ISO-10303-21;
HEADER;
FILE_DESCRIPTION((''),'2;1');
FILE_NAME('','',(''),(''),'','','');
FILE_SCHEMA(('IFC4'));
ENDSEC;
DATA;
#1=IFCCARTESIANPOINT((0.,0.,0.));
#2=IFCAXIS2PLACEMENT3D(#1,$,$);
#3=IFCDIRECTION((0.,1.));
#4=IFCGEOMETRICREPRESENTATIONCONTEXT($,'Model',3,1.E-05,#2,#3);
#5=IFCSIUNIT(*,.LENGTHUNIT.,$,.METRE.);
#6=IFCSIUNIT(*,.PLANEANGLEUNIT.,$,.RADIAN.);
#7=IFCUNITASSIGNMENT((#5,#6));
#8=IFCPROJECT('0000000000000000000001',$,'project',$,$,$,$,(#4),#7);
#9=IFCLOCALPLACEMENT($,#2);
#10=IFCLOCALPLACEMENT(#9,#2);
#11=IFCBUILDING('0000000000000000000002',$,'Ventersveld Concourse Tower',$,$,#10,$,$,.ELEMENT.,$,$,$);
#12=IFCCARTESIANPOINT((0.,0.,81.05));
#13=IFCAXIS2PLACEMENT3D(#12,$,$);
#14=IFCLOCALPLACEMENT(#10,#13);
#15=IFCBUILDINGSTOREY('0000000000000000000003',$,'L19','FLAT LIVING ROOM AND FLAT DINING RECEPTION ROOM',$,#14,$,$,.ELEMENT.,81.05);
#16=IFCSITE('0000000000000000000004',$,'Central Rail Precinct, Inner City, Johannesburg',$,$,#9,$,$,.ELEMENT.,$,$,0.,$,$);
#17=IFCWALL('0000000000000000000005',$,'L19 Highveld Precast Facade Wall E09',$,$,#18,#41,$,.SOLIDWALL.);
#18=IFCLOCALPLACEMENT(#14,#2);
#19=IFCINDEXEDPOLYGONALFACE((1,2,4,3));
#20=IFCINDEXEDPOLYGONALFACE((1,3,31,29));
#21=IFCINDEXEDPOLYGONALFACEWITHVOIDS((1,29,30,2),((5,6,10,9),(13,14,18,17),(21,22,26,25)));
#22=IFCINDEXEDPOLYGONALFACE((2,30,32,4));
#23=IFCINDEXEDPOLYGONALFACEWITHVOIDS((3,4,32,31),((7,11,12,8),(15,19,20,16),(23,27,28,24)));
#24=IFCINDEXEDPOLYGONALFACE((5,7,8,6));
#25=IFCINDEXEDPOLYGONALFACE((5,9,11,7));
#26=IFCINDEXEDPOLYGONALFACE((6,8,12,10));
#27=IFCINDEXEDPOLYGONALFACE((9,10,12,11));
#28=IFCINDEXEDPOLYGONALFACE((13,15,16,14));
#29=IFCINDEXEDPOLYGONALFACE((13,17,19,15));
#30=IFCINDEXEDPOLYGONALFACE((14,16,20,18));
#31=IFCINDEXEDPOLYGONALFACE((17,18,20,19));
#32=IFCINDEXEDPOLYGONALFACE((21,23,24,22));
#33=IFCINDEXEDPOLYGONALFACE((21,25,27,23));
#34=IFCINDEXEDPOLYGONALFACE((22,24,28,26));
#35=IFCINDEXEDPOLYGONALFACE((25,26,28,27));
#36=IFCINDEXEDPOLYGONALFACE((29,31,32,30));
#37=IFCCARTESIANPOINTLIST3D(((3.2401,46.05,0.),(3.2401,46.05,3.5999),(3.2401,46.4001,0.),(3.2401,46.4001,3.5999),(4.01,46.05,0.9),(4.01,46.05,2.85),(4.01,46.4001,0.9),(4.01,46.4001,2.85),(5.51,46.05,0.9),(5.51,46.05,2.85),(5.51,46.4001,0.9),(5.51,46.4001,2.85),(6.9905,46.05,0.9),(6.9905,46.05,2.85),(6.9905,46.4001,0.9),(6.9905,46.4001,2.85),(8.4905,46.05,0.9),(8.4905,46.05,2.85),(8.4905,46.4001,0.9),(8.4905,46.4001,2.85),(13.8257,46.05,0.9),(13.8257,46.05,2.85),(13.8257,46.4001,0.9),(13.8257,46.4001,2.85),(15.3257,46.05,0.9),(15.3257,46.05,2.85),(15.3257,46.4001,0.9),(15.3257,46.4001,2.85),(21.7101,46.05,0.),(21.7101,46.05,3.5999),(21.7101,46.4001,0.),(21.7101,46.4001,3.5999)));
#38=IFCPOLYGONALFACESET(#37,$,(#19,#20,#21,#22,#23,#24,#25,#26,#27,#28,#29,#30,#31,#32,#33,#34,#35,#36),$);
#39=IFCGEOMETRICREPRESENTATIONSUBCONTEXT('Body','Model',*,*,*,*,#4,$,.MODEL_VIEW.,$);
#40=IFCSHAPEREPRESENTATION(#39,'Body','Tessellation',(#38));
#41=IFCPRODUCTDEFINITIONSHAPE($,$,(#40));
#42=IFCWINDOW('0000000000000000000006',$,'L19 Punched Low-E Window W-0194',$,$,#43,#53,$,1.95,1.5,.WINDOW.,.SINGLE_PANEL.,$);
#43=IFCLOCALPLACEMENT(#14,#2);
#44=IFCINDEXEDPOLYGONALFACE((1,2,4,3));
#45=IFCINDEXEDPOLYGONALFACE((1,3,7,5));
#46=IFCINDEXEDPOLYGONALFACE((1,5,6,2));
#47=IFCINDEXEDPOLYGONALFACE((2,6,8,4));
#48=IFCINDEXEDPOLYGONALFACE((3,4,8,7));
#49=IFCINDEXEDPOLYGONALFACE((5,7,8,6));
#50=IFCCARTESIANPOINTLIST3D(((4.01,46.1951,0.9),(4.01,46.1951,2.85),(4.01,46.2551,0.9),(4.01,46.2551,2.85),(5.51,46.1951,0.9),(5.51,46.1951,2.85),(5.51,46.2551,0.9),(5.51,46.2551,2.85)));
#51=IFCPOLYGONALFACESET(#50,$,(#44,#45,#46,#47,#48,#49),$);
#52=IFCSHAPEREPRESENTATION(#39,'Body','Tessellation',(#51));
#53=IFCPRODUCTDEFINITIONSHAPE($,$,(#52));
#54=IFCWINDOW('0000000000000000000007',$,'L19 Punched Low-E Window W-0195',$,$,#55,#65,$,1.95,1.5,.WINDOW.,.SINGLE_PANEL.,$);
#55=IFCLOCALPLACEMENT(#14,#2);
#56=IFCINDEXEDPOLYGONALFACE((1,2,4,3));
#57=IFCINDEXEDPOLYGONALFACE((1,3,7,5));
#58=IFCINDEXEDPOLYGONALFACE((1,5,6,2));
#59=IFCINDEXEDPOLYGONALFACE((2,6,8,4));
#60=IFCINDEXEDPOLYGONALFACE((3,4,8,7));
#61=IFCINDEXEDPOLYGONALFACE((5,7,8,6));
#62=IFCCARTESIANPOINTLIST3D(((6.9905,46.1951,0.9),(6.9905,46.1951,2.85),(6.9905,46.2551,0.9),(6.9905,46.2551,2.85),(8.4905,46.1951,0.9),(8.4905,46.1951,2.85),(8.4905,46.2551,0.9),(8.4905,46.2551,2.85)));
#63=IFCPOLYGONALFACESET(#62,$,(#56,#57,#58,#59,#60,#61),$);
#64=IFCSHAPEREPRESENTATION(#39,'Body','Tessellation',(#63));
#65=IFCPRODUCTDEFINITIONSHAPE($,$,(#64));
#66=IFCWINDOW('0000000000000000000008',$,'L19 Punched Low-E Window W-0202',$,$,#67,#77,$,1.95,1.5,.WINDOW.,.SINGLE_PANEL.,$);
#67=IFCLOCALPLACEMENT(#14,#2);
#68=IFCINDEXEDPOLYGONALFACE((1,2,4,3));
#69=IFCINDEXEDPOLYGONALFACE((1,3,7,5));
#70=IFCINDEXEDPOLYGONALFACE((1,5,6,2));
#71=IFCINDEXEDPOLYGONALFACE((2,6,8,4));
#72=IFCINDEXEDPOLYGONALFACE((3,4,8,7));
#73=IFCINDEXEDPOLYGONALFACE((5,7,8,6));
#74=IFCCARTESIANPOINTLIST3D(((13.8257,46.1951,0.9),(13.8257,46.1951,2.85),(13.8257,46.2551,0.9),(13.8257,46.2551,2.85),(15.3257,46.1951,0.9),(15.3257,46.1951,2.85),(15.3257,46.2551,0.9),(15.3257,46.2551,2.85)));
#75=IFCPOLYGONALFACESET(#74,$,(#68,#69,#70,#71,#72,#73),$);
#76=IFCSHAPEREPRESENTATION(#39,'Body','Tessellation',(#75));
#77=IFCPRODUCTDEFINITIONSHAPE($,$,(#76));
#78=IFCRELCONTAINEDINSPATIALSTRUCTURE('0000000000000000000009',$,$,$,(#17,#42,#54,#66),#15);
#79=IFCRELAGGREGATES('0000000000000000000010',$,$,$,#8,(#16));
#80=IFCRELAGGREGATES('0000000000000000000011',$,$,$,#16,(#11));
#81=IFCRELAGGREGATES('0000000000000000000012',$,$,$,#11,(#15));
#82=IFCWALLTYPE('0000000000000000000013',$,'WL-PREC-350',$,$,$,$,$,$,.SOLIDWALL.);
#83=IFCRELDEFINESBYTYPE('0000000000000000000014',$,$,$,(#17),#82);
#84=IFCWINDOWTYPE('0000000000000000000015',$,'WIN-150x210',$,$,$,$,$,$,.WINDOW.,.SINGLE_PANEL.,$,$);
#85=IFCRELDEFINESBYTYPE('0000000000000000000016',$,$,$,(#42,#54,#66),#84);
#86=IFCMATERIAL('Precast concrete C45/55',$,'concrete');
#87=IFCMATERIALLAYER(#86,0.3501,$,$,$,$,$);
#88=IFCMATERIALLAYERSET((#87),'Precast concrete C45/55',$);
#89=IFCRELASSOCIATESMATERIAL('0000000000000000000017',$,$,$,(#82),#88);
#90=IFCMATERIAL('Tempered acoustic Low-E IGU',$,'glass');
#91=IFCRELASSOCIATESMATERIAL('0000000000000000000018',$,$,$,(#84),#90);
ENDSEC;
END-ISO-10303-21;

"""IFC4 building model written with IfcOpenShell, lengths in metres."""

from ifc_helpers import new_model, si_unit, direction, frame, frame_2d, origin, place, context, subcontext, project, spatial, rectangle, extrude, material, layer, layer_set, type_object, element, fill, save


model = new_model("IFC4")

# Units and contexts
model_context = context("Model", 3, precision=1e-05, world=origin(), true_north=direction((0.0, 1.0)))
body_context = subcontext(model_context, "Body", "Model", "MODEL_VIEW")
ifc_project = project(units=[si_unit("LENGTHUNIT", "METRE"), si_unit("PLANEANGLEUNIT", "RADIAN")], contexts=[model_context])

# Site, building, storey
site_placement = place(None, origin())
site = spatial("IfcSite", under=ifc_project, at=site_placement, Name="Central Rail Precinct, Inner City, Johannesburg", CompositionType="ELEMENT", RefElevation=0.0)
building_placement = place(site_placement, origin())
building = spatial("IfcBuilding", under=site, at=building_placement, Name="Ventersveld Concourse Tower", CompositionType="ELEMENT")
storey_placement = place(building_placement, frame((0.0, 0.0, 81.05)))
storey = spatial("IfcBuildingStorey", under=building, at=storey_placement, Name="L19", Description="FLAT LIVING ROOM AND FLAT DINING RECEPTION ROOM", CompositionType="ELEMENT", Elevation=81.05)

# Shared definitions
ifc_material_1 = material(Name="Precast concrete C45/55", Category="concrete")
ifc_layer_1 = layer(ifc_material_1, 0.3501)
ifc_layer_set_1 = layer_set([ifc_layer_1], Name="Precast concrete C45/55")
wall_type_1 = type_object("IfcWallType", Name="WL-PREC-350", PredefinedType="SOLIDWALL", material=ifc_layer_set_1)

# Shared definitions
ifc_material_2 = material(Name="Tempered acoustic Low-E IGU", Category="glass")
window_type = type_object("IfcWindowType", Name="WIN-150x210", PartitioningType="SINGLE_PANEL", PredefinedType="WINDOW", material=ifc_material_2)

# Wall, openings, windows
wall_1_placement = place(storey_placement, frame((21.71, 46.2251, 0.0), z_axis=(0.0, 0.0, 1.0), x_axis=(-1.0, 0.0, 0.0)))
wall_1 = element("IfcWall", 1, at=wall_1_placement, inside=storey, type_object=wall_type_1, Name="L19 Highveld Precast Facade Wall E09", PredefinedType="SOLIDWALL", context=body_context, shape_type="SweptSolid", body=[
    extrude(rectangle(XDim=18.47, YDim=0.3501, at=frame_2d((9.2349, 0.0))), origin(), (0.0, 0.0, 1.0), 3.5999),
])
opening_1_placement = place(wall_1_placement, frame((16.2, 0.0, 0.8999)))
opening_1 = element("IfcOpeningElement", 2, at=opening_1_placement, cuts=wall_1, PredefinedType="OPENING", context=body_context, shape_type="SweptSolid", body=[
    extrude(rectangle(XDim=1.5, YDim=1.95, at=frame_2d((0.75, 0.9751))), frame((0.0, 0.1851, 0.0), z_axis=(0.0, -1.0, 0.0), x_axis=(1.0, 0.0, 0.0)), (0.0, 0.0, 1.0), 0.3701),
])
opening_2_placement = place(wall_1_placement, frame((13.2195, 0.0, 0.8999)))
opening_2 = element("IfcOpeningElement", 3, at=opening_2_placement, cuts=wall_1, PredefinedType="OPENING", context=body_context, shape_type="SweptSolid", body=[
    extrude(rectangle(XDim=1.5, YDim=1.95, at=frame_2d((0.75, 0.9751))), frame((0.0, 0.1851, 0.0), z_axis=(0.0, -1.0, 0.0), x_axis=(1.0, 0.0, 0.0)), (0.0, 0.0, 1.0), 0.3701),
])
opening_3_placement = place(wall_1_placement, frame((6.3843, 0.0, 0.8999)))
opening_3 = element("IfcOpeningElement", 4, at=opening_3_placement, cuts=wall_1, PredefinedType="OPENING", context=body_context, shape_type="SweptSolid", body=[
    extrude(rectangle(XDim=1.5, YDim=1.95, at=frame_2d((0.75, 0.9751))), frame((0.0, 0.1851, 0.0), z_axis=(0.0, -1.0, 0.0), x_axis=(1.0, 0.0, 0.0)), (0.0, 0.0, 1.0), 0.3701),
])
window_1_placement = place(opening_1_placement, origin())
window_1 = element("IfcWindow", 5, at=window_1_placement, inside=storey, type_object=window_type, Name="L19 Punched Low-E Window W-0194", OverallHeight=1.95, OverallWidth=1.5, PartitioningType="SINGLE_PANEL", PredefinedType="WINDOW", context=body_context, shape_type="SweptSolid", body=[
    extrude(rectangle(XDim=1.5, YDim=1.95, at=frame_2d((0.75, 0.9751))), frame((0.0, 0.03, 0.0), z_axis=(0.0, -1.0, 0.0), x_axis=(1.0, 0.0, 0.0)), (0.0, 0.0, 1.0), 0.0601),
])
fill(opening_1, window_1)
window_2_placement = place(opening_2_placement, origin())
window_2 = element("IfcWindow", 6, at=window_2_placement, inside=storey, type_object=window_type, Name="L19 Punched Low-E Window W-0195", OverallHeight=1.95, OverallWidth=1.5, PartitioningType="SINGLE_PANEL", PredefinedType="WINDOW", context=body_context, shape_type="SweptSolid", body=[
    extrude(rectangle(XDim=1.5, YDim=1.95, at=frame_2d((0.75, 0.9751))), frame((0.0, 0.03, 0.0), z_axis=(0.0, -1.0, 0.0), x_axis=(1.0, 0.0, 0.0)), (0.0, 0.0, 1.0), 0.0601),
])
fill(opening_2, window_2)
window_3_placement = place(opening_3_placement, origin())
window_3 = element("IfcWindow", 7, at=window_3_placement, inside=storey, type_object=window_type, Name="L19 Punched Low-E Window W-0202", OverallHeight=1.95, OverallWidth=1.5, PartitioningType="SINGLE_PANEL", PredefinedType="WINDOW", context=body_context, shape_type="SweptSolid", body=[
    extrude(rectangle(XDim=1.5, YDim=1.95, at=frame_2d((0.75, 0.9751))), frame((0.0, 0.03, 0.0), z_axis=(0.0, -1.0, 0.0), x_axis=(1.0, 0.0, 0.0)), (0.0, 0.0, 1.0), 0.0601),
])
fill(opening_3, window_3)

save(model, "model.ifc")
